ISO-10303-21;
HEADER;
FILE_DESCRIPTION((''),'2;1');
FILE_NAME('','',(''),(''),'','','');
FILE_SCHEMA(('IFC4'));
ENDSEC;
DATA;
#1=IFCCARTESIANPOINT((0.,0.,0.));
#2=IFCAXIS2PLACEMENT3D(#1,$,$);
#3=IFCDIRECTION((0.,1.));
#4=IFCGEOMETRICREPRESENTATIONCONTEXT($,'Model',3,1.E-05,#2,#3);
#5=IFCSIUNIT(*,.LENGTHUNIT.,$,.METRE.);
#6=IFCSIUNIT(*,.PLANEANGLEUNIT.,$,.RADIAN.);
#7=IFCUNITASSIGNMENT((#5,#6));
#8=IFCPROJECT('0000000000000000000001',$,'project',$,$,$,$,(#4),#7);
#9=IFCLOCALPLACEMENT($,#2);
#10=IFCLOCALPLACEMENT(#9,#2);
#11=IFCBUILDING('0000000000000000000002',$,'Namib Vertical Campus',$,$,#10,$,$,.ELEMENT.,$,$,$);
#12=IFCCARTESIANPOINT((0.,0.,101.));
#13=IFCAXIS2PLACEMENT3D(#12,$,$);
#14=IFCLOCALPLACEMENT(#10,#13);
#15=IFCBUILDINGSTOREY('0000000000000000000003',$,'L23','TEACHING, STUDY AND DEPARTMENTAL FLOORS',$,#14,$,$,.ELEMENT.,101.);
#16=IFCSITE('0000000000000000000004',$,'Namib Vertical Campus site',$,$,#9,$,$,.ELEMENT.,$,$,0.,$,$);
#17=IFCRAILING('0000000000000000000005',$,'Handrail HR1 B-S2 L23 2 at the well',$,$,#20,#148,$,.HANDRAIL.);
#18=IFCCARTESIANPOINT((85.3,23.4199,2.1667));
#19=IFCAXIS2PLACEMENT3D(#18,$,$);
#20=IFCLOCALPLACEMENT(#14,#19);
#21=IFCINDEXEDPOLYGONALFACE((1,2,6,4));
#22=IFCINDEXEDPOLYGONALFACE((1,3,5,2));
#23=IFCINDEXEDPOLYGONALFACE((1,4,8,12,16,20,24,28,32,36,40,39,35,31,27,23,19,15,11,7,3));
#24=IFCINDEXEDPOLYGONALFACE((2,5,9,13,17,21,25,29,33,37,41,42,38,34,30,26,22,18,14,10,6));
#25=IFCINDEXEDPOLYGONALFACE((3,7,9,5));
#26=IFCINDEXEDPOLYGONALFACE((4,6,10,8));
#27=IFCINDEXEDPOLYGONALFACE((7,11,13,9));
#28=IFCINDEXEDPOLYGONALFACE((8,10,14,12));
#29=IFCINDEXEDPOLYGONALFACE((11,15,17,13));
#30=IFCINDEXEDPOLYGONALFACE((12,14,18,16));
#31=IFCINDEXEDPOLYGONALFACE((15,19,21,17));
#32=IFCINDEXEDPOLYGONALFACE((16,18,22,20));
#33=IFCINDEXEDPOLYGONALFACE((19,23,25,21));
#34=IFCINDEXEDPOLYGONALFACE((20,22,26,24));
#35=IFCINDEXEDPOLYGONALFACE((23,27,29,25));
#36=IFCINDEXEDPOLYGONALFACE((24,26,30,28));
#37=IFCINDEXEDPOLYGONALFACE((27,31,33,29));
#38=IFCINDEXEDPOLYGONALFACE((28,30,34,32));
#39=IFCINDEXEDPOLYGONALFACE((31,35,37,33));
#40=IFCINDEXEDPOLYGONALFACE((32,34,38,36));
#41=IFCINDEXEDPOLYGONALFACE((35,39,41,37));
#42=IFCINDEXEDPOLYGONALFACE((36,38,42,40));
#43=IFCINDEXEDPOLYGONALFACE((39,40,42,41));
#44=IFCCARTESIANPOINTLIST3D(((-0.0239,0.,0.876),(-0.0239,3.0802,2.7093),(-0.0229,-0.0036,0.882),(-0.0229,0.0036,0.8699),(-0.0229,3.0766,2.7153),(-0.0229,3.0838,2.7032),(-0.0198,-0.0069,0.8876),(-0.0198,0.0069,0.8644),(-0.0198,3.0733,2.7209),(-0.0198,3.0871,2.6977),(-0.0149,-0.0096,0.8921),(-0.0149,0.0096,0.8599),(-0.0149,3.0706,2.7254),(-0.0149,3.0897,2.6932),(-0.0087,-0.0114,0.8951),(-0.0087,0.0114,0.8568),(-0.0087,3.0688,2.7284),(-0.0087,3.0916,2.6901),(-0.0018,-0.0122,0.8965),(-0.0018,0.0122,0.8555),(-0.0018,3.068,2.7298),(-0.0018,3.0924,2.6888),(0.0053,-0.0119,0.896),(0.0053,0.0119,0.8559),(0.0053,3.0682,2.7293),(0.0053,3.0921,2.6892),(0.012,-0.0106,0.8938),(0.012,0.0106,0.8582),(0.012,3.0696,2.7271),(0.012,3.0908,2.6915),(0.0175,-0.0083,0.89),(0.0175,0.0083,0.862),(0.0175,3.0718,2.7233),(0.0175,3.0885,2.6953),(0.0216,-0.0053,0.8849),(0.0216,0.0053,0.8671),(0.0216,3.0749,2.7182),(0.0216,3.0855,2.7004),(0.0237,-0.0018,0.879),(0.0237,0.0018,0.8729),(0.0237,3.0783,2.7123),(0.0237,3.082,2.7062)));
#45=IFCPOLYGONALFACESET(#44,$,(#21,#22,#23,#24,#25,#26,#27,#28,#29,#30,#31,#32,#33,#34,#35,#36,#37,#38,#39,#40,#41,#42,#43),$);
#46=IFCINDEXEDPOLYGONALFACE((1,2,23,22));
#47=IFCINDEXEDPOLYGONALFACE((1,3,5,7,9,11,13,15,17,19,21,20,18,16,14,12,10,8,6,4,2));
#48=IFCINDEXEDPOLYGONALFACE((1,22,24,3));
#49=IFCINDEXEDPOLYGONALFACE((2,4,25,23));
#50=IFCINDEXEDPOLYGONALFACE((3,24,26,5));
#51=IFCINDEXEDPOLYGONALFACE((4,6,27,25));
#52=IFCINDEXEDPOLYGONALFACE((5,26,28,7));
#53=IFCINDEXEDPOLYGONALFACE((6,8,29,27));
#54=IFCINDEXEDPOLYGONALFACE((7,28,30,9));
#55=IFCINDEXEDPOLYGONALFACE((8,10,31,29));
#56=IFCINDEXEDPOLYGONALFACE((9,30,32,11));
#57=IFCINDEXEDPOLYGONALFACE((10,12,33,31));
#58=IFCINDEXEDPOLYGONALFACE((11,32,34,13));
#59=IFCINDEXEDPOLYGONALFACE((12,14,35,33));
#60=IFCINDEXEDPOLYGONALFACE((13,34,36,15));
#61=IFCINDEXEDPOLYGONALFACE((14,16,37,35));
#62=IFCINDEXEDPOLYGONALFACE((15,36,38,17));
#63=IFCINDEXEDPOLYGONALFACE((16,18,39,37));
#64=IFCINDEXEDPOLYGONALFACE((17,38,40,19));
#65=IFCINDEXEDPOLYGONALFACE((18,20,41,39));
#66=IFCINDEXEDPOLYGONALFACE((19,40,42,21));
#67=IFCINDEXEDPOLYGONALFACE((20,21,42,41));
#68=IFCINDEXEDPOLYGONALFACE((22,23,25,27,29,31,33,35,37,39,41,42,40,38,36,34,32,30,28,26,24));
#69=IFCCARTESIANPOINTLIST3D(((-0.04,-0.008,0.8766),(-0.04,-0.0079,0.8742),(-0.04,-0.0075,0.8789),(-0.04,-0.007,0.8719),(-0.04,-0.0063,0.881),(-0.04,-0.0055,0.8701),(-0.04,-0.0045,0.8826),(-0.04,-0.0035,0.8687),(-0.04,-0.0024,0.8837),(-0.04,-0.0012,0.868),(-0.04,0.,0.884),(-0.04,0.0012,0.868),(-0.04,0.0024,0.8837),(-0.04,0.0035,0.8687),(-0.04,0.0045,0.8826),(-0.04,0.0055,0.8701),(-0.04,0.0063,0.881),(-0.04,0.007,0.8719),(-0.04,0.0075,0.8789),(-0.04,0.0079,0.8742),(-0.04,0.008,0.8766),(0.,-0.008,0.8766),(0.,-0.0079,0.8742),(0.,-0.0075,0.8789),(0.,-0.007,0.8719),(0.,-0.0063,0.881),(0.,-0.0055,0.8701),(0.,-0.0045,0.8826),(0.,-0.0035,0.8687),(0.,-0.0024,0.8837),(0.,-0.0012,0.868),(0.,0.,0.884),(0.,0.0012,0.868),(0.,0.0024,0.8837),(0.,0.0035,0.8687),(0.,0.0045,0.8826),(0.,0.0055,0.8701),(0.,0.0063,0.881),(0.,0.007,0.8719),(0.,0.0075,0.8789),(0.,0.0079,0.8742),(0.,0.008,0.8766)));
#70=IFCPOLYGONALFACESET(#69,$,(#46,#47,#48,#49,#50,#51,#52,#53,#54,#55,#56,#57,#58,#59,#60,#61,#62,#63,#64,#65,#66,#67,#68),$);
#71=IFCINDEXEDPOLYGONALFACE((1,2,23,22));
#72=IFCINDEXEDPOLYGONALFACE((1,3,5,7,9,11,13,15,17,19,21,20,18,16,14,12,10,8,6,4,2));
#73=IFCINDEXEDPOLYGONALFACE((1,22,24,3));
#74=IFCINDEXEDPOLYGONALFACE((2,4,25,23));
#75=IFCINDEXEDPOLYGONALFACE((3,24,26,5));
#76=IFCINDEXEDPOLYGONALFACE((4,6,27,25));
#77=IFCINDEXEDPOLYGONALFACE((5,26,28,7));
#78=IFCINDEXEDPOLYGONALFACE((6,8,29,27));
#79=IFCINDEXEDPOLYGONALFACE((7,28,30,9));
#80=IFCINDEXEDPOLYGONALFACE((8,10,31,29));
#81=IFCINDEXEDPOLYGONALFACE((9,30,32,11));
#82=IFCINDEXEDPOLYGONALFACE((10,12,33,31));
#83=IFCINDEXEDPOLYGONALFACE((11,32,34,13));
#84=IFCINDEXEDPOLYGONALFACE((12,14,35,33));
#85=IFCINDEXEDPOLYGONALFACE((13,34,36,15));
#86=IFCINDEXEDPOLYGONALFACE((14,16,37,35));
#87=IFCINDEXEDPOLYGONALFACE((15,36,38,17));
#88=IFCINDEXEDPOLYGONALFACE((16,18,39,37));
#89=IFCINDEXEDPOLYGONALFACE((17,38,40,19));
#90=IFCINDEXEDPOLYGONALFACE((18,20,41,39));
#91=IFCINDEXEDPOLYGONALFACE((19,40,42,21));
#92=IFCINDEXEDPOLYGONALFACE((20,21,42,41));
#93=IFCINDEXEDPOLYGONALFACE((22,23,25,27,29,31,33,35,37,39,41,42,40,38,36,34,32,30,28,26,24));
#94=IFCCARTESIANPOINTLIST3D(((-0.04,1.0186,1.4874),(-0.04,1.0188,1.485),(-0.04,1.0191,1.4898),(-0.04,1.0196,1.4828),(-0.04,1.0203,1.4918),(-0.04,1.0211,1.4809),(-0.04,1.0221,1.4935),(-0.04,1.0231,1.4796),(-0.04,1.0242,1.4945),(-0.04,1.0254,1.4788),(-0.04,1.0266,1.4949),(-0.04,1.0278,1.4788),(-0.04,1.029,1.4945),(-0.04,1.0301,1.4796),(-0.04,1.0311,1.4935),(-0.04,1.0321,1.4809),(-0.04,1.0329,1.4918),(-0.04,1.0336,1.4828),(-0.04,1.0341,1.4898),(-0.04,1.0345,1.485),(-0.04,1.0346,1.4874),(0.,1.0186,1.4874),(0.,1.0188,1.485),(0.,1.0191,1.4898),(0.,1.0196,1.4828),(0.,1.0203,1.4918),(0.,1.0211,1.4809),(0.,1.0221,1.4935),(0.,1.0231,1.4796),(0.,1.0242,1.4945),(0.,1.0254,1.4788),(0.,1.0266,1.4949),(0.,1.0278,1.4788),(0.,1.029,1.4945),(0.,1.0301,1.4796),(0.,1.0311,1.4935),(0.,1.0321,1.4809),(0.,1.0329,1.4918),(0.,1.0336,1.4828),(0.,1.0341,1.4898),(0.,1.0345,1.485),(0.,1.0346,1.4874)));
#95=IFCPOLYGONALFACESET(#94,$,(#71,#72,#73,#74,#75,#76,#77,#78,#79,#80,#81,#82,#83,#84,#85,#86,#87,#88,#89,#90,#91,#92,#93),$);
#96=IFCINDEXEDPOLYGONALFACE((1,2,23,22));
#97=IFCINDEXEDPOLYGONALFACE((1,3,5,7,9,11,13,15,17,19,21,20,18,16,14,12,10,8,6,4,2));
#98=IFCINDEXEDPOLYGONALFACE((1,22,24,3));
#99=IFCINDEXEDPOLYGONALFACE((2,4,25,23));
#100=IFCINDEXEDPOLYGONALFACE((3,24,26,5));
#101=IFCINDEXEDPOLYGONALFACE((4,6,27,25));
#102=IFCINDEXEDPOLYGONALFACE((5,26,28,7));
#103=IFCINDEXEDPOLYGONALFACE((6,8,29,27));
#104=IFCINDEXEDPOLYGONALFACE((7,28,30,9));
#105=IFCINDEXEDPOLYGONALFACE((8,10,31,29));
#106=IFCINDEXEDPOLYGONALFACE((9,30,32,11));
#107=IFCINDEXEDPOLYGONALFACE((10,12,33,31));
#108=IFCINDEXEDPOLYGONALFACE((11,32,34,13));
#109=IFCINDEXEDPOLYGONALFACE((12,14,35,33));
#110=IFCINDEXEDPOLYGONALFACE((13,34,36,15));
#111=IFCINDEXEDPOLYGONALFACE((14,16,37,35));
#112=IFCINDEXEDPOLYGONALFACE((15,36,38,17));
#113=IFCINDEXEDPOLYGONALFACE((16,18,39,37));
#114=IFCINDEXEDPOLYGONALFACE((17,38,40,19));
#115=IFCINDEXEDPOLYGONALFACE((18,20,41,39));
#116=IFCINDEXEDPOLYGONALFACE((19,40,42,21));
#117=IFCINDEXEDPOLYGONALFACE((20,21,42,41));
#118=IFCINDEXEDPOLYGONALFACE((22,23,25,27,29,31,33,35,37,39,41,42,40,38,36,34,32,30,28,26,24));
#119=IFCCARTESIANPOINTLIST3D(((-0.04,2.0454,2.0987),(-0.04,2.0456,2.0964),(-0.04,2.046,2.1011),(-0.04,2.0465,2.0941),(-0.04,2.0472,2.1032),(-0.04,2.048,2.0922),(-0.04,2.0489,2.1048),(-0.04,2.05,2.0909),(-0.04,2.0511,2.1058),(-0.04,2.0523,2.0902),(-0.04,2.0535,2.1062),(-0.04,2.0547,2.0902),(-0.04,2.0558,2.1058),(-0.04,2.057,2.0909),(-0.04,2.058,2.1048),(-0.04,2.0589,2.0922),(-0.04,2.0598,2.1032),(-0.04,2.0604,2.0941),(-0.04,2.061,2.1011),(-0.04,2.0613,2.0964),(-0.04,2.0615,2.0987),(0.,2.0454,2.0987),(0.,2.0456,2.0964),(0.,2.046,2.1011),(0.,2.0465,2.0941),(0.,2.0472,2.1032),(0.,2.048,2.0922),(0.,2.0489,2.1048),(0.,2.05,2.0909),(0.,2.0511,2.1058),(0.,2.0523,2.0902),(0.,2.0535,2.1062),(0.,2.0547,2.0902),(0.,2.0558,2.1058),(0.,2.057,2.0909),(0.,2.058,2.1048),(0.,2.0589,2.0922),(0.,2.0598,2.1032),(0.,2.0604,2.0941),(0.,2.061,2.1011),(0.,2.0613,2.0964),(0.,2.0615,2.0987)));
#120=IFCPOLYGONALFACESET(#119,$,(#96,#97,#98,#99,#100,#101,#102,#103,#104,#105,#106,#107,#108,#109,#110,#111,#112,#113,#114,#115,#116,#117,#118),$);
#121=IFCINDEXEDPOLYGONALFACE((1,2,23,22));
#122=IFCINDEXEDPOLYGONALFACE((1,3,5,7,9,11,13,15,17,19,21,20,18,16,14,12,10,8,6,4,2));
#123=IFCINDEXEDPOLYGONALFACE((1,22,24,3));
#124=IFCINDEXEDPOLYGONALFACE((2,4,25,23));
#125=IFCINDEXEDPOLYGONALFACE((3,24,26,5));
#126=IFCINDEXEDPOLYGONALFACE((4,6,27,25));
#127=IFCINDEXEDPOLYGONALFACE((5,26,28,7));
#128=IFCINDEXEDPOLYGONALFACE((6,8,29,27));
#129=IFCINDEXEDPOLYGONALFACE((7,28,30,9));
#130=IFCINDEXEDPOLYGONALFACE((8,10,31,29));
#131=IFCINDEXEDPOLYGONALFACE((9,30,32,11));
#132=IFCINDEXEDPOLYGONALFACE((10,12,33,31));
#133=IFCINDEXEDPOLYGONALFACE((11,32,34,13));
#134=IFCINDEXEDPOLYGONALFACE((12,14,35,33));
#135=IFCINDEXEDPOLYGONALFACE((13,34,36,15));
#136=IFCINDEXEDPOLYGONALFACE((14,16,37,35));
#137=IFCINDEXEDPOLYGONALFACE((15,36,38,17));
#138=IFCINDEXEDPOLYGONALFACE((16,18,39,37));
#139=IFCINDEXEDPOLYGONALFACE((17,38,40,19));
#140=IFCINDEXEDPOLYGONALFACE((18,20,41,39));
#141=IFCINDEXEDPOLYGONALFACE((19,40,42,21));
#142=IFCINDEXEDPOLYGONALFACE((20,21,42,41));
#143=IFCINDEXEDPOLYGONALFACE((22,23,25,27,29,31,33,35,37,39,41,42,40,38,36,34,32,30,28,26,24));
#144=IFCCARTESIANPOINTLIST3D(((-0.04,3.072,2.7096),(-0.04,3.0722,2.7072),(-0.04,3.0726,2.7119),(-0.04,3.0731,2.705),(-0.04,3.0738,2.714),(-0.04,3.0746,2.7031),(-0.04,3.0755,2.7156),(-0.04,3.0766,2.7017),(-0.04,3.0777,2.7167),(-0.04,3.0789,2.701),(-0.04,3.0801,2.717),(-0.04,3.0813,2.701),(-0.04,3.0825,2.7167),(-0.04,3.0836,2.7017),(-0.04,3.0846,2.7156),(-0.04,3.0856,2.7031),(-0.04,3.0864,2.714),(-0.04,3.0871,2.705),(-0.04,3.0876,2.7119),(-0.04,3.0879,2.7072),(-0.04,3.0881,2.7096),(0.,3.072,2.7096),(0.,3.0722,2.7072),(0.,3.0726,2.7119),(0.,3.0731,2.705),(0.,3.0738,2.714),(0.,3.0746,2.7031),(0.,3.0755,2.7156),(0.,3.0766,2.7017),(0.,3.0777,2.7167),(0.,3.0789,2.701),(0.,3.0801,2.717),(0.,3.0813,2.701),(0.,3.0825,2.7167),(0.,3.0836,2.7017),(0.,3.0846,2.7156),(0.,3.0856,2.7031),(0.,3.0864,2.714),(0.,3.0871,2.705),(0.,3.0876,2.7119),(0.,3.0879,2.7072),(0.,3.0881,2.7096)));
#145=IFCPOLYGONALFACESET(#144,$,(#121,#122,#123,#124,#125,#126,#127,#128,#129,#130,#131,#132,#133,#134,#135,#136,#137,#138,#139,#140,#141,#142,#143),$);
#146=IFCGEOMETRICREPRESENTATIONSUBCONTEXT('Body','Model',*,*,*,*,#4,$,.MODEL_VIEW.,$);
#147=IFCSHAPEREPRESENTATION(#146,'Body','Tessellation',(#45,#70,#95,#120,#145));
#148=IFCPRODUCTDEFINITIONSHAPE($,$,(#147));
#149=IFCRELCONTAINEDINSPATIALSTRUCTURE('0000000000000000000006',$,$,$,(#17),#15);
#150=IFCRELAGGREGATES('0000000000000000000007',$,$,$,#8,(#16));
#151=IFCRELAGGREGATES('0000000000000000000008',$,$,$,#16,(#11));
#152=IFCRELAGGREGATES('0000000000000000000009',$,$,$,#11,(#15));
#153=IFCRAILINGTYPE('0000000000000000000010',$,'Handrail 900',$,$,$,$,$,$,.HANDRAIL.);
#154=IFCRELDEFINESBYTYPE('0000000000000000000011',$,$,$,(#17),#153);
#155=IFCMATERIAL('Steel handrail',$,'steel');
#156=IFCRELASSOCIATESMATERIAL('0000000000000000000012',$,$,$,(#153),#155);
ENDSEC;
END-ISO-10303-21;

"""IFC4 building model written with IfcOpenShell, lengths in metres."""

from ifc_helpers import new_model, si_unit, direction, frame, origin, origin_2d, place, context, subcontext, project, spatial, circle, extrude, material, type_object, element, save


model = new_model("IFC4")

# Units and contexts
model_context = context("Model", 3, precision=1e-05, world=origin(), true_north=direction((0.0, 1.0)))
body_context = subcontext(model_context, "Body", "Model", "MODEL_VIEW")
ifc_project = project(units=[si_unit("LENGTHUNIT", "METRE"), si_unit("PLANEANGLEUNIT", "RADIAN")], contexts=[model_context])

# Site, building, storey
site_placement = place(None, origin())
site = spatial("IfcSite", under=ifc_project, at=site_placement, Name="Namib Vertical Campus site", CompositionType="ELEMENT", RefElevation=0.0)
building_placement = place(site_placement, origin())
building = spatial("IfcBuilding", under=site, at=building_placement, Name="Namib Vertical Campus", CompositionType="ELEMENT")
storey_placement = place(building_placement, frame((0.0, 0.0, 101.0)))
storey = spatial("IfcBuildingStorey", under=building, at=storey_placement, Name="L23", Description="TEACHING, STUDY AND DEPARTMENTAL FLOORS", CompositionType="ELEMENT", Elevation=101.0)

# Railing
ifc_material_1 = material(Name="Steel handrail", Category="steel")
railing_type = type_object("IfcRailingType", Name="Handrail 900", PredefinedType="HANDRAIL", material=ifc_material_1)
railing_1_placement = place(storey_placement, frame((85.3, 23.4199, 2.1667)))
element("IfcRailing", 1, at=railing_1_placement, inside=storey, type_object=railing_type, Name="Handrail HR1 B-S2 L23 2 at the well", PredefinedType="HANDRAIL", context=body_context, shape_type="SweptSolid", body=[
    extrude(circle(Radius=0.0239, at=origin_2d()), frame((0.0, 0.0, 0.876), z_axis=(0.0, 0.859309, 0.511458), x_axis=(-1.0, 0.0, 0.0)), (0.0, 0.0, 1.0), 3.5845),
    extrude(circle(Radius=0.0081, at=origin_2d()), frame((0.0, 0.0, 0.876), z_axis=(-1.0, 0.0, 0.0), x_axis=(0.0, 0.0, 1.0)), (0.0, 0.0, 1.0), 0.04),
    extrude(circle(Radius=0.0081, at=origin_2d()), frame((0.0, 1.0266, 1.4868), z_axis=(-1.0, 0.0, 0.0), x_axis=(0.0, 0.0, 1.0)), (0.0, 0.0, 1.0), 0.04),
    extrude(circle(Radius=0.0081, at=origin_2d()), frame((0.0, 2.0535, 2.0981), z_axis=(-1.0, 0.0, 0.0), x_axis=(0.0, 0.0, 1.0)), (0.0, 0.0, 1.0), 0.04),
    extrude(circle(Radius=0.0081, at=origin_2d()), frame((0.0, 3.0801, 2.709), z_axis=(-1.0, 0.0, 0.0), x_axis=(0.0, 0.0, 1.0)), (0.0, 0.0, 1.0), 0.04),
])

save(model, "model.ifc")
